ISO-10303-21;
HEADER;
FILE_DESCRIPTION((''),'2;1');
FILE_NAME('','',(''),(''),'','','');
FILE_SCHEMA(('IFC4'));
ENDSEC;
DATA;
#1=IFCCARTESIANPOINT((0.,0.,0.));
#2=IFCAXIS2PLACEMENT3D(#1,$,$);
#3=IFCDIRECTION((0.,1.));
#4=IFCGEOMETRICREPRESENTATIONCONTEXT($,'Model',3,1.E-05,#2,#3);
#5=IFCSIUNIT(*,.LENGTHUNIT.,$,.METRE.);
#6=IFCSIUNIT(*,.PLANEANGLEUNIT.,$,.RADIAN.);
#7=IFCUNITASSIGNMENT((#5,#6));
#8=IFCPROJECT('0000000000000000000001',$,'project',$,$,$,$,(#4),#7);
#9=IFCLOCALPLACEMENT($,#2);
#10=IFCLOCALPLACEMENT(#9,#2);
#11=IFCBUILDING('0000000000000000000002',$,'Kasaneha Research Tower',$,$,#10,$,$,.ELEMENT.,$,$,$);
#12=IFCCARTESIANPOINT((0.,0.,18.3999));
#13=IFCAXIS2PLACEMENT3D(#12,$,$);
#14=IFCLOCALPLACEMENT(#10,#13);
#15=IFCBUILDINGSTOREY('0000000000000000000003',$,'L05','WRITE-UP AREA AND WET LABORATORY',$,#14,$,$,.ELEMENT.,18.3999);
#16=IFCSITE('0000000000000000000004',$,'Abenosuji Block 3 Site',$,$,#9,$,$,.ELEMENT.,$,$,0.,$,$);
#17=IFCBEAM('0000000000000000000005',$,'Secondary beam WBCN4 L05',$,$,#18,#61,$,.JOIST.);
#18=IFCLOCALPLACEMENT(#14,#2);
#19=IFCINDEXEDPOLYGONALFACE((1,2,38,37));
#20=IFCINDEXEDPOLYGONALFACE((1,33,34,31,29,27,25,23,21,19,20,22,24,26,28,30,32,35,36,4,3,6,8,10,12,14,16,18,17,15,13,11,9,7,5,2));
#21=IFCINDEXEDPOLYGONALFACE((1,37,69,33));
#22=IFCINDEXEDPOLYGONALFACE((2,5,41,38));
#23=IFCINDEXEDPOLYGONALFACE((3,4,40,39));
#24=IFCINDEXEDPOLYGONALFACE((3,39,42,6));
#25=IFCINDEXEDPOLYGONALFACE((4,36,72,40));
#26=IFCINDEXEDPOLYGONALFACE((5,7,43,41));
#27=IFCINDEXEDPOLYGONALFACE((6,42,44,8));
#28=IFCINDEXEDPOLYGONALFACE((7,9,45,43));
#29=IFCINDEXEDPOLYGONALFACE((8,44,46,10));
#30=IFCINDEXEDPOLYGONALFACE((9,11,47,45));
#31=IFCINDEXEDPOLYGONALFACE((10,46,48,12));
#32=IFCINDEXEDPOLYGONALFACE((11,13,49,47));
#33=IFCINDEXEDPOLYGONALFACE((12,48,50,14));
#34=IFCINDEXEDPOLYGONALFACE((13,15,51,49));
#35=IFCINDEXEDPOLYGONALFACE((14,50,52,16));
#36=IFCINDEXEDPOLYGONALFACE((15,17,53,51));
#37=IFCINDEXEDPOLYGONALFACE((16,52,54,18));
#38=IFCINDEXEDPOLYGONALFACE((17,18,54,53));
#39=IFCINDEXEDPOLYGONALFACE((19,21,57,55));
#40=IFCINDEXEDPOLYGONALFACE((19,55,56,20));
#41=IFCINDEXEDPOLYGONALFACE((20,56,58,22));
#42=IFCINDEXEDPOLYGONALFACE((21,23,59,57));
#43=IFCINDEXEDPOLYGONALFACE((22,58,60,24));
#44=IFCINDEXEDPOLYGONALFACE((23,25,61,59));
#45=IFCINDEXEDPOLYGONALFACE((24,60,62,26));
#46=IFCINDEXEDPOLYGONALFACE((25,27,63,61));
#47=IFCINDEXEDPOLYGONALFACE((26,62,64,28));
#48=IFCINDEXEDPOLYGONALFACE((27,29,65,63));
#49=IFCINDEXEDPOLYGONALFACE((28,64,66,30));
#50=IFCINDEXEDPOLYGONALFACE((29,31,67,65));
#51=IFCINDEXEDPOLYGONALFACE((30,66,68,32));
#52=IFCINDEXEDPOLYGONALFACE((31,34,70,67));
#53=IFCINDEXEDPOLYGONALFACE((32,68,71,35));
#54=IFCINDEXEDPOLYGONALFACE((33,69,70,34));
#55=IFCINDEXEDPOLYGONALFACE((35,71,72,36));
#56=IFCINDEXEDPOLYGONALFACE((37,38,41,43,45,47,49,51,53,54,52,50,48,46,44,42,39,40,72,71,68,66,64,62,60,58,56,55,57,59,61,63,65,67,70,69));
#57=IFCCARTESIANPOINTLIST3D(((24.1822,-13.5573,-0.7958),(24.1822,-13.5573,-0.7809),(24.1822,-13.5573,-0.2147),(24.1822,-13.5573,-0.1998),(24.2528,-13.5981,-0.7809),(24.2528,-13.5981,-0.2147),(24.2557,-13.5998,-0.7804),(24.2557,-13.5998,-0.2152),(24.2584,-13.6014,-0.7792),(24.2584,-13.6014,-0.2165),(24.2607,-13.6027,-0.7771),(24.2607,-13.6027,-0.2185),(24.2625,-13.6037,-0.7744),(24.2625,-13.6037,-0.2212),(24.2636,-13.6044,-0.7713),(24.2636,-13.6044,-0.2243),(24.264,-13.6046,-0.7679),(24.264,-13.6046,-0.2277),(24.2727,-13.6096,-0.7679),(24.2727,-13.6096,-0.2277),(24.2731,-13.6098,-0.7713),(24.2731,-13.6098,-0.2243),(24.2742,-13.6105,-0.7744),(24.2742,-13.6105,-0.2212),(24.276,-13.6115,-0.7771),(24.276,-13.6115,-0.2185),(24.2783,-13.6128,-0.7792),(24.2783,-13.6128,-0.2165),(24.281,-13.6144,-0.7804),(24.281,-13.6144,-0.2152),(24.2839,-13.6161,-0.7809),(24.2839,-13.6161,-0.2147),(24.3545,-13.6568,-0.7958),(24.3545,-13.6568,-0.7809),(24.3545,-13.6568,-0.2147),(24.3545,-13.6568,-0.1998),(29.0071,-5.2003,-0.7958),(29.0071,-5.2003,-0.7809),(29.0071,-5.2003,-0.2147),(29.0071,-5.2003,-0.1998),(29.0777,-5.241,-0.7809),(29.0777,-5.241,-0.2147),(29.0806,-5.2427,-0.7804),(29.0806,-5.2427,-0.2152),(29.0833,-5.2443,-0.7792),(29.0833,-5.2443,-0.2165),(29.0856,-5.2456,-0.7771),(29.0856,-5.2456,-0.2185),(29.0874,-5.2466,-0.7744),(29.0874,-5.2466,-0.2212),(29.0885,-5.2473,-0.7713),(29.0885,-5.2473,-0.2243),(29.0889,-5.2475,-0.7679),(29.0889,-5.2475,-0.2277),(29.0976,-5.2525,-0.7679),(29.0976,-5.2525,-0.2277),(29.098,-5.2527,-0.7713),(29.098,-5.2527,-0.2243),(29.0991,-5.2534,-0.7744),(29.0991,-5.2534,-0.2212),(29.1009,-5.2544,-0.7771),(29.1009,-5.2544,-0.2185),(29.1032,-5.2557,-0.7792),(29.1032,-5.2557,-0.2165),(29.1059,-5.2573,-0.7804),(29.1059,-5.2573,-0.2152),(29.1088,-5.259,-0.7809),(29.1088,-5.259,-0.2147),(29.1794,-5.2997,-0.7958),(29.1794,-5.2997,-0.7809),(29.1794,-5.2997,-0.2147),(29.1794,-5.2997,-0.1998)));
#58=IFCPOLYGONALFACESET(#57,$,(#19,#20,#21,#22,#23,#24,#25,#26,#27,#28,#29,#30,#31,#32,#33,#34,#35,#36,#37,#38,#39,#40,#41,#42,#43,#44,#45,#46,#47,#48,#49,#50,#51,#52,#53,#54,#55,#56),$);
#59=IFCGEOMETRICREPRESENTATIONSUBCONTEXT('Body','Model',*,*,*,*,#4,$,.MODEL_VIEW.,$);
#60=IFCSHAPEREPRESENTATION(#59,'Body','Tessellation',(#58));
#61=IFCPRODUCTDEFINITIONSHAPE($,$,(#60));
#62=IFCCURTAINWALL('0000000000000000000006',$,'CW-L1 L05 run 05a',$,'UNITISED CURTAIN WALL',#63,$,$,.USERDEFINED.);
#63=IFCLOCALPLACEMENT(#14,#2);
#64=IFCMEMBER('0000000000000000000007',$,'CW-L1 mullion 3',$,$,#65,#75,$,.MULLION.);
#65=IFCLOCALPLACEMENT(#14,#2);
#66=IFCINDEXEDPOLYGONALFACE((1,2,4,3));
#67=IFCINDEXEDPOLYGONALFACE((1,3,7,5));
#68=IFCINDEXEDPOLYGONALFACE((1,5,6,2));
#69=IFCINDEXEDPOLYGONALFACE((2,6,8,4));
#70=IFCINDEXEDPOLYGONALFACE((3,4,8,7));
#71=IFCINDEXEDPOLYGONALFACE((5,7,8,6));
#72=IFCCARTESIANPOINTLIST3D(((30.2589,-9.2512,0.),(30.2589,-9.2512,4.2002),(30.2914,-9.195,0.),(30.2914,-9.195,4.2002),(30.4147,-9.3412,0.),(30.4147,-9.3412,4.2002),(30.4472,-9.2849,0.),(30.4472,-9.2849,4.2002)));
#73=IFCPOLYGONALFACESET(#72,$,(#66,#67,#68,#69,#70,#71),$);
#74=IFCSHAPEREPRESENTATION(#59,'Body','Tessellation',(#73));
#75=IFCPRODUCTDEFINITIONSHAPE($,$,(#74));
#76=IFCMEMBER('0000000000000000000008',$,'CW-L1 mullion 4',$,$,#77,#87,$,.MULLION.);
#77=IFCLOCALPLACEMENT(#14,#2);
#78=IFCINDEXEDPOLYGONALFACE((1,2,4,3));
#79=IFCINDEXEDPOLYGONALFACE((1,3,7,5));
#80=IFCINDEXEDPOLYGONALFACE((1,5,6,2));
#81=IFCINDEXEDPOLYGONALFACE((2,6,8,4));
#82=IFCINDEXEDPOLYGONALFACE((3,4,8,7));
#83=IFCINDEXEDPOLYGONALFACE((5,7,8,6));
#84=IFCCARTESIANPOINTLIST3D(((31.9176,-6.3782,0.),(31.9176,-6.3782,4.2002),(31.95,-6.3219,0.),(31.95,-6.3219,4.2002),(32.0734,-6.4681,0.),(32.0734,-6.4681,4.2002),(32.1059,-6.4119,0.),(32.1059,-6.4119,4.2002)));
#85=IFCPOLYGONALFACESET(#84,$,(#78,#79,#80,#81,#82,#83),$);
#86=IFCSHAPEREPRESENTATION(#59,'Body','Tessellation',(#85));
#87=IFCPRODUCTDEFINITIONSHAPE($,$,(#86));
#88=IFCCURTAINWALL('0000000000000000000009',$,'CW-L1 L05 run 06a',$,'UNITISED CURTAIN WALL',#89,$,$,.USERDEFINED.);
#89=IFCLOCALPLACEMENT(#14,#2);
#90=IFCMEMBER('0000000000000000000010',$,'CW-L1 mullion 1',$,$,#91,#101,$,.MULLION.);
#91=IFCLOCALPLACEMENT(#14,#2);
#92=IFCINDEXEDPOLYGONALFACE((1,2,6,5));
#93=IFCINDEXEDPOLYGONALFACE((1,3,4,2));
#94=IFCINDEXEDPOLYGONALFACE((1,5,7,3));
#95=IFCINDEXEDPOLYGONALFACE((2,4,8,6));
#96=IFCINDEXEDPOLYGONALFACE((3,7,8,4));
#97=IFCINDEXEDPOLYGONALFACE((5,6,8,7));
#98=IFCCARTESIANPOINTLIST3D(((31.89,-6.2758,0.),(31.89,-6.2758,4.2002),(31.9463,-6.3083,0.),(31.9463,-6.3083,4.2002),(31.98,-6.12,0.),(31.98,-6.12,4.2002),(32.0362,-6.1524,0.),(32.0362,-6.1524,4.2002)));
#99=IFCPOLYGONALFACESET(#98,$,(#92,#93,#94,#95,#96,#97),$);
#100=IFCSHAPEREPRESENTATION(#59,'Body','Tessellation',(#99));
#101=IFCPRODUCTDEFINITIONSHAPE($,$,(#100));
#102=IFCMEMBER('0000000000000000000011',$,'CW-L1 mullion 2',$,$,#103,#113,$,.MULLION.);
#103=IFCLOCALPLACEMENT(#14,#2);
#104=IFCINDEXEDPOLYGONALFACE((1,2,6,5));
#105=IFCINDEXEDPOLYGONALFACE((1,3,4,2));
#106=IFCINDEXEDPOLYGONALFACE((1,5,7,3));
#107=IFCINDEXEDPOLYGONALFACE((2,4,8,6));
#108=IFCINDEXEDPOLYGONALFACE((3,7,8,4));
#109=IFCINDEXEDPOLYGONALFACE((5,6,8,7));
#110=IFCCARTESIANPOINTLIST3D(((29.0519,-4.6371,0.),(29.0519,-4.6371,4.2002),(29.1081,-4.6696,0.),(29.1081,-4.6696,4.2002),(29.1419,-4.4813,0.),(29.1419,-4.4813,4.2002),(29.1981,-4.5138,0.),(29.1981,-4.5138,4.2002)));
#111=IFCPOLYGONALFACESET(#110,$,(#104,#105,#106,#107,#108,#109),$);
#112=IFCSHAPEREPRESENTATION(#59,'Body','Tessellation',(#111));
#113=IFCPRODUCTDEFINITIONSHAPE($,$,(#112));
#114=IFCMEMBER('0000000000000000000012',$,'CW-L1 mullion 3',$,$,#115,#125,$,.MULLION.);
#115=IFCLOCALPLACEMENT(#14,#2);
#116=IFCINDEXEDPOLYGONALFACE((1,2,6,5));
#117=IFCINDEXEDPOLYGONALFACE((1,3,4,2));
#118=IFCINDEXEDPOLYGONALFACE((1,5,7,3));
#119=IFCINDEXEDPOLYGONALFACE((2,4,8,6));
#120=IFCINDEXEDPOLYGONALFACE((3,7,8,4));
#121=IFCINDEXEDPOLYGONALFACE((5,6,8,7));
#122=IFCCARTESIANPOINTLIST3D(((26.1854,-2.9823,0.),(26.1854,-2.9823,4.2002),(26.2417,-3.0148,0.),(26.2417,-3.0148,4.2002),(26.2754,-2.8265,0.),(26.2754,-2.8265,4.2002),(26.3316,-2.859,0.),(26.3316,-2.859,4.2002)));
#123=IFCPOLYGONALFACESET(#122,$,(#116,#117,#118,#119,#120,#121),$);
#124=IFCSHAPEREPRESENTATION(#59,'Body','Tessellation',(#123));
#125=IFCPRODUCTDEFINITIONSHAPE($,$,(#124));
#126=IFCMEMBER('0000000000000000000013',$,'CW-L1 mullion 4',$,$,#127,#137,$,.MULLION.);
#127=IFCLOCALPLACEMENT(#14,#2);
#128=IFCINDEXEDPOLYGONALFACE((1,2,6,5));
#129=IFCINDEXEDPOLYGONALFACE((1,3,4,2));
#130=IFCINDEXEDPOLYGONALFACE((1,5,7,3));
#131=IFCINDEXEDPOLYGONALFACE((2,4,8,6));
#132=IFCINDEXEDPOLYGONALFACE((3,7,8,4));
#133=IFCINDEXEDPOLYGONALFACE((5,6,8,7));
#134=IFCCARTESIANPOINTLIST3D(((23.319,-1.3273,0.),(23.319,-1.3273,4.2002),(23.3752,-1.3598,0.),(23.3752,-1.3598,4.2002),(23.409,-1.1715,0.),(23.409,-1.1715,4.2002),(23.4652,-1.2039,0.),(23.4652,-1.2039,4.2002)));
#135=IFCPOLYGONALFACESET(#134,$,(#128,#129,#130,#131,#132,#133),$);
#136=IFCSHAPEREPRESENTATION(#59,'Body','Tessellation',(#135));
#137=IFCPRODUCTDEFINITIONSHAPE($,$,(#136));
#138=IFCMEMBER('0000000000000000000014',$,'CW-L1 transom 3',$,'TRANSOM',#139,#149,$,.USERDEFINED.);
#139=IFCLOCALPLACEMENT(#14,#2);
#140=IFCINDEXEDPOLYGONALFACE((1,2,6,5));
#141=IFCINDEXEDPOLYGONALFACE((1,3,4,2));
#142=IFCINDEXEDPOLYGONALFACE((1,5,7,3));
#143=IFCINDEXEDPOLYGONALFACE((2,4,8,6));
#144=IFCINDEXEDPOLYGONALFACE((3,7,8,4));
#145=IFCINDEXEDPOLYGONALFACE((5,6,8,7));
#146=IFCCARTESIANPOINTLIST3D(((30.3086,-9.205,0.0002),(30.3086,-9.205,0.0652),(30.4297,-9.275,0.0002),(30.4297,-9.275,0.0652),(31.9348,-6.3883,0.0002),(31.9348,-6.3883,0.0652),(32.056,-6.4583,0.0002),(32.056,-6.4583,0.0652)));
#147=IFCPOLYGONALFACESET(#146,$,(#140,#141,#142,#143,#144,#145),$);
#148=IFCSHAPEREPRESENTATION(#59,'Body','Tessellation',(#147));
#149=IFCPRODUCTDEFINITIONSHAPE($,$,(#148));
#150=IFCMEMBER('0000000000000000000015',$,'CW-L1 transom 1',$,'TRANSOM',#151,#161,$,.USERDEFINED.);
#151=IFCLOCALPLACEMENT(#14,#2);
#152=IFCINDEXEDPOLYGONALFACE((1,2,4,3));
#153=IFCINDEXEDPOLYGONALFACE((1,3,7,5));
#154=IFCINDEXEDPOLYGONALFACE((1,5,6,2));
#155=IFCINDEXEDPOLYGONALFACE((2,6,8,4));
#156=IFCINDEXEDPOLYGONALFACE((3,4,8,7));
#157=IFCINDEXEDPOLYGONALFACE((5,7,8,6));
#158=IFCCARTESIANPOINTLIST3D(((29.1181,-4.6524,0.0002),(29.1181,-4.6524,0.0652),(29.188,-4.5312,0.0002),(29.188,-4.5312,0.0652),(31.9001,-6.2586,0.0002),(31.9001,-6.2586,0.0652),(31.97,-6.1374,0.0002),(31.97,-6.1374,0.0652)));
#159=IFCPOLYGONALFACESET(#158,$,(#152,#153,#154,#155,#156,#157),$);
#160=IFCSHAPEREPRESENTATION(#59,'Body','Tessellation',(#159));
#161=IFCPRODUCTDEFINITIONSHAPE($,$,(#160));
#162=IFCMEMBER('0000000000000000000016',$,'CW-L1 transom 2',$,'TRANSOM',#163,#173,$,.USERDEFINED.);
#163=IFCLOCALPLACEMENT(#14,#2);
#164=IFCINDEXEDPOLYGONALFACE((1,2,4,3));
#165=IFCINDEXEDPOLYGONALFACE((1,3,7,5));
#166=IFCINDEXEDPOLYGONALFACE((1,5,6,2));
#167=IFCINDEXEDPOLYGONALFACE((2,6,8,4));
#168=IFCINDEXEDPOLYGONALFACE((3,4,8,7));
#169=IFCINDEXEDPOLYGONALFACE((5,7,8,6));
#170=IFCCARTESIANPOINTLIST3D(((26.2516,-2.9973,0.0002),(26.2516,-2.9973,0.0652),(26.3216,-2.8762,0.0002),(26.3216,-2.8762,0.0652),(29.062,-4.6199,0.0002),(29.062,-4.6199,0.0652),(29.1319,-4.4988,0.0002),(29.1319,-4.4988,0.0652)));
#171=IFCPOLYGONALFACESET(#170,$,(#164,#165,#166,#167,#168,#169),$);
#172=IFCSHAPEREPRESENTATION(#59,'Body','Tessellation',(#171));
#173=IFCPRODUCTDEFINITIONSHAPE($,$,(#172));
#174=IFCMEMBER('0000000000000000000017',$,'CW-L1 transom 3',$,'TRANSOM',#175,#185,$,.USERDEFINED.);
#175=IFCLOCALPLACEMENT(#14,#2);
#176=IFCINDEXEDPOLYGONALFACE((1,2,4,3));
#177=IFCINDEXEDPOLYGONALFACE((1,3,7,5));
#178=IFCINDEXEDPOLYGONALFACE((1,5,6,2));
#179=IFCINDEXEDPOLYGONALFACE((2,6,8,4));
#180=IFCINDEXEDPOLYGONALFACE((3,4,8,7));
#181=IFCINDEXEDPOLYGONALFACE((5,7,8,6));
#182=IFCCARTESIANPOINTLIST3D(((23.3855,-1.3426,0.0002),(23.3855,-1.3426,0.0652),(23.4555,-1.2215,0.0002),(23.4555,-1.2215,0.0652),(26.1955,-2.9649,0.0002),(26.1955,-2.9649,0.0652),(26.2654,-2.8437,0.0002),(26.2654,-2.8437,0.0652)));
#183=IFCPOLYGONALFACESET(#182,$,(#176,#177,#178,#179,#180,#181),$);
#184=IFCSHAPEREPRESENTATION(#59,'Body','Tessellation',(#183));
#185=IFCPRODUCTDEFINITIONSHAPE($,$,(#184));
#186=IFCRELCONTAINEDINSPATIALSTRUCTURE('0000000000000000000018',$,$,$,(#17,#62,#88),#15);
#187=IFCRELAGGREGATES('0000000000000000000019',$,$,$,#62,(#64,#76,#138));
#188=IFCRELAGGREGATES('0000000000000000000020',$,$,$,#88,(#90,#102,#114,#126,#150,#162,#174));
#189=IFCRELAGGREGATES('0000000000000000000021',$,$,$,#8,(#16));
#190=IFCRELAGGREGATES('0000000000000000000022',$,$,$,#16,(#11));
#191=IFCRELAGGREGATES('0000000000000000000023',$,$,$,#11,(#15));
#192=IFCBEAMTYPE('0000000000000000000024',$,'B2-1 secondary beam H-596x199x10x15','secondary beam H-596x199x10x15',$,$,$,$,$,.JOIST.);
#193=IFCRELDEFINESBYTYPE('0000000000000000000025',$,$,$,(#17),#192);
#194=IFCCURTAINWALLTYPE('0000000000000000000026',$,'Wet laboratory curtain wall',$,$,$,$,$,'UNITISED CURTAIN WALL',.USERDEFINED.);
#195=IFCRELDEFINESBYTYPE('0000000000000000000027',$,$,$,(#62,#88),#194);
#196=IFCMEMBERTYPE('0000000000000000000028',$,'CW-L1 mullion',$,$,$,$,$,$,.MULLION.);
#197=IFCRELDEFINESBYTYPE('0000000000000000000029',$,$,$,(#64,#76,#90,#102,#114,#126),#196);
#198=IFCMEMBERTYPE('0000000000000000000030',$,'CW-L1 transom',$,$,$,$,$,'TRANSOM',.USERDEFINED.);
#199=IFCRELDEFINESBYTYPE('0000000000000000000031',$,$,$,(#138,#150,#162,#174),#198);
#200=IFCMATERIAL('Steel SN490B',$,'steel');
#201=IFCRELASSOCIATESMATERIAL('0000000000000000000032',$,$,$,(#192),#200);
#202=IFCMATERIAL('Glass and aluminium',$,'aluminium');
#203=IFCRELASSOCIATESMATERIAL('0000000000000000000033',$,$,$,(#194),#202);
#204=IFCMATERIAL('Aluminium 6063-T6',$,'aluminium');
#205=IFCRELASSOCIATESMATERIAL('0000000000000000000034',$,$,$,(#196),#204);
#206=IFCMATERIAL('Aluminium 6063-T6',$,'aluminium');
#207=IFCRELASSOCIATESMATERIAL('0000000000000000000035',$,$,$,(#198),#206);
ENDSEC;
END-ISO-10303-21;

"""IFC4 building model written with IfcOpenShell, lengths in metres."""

from ifc_helpers import new_model, si_unit, direction, frame, origin, origin_2d, place, context, subcontext, project, spatial, rectangle, i_section, extrude, material, material_profile, profile_set, type_object, element, aggregate, save


model = new_model("IFC4")

# Units and contexts
model_context = context("Model", 3, precision=1e-05, world=origin(), true_north=direction((0.0, 1.0)))
body_context = subcontext(model_context, "Body", "Model", "MODEL_VIEW")
ifc_project = project(units=[si_unit("LENGTHUNIT", "METRE"), si_unit("PLANEANGLEUNIT", "RADIAN")], contexts=[model_context])

# Site, building, storey
site_placement = place(None, origin())
site = spatial("IfcSite", under=ifc_project, at=site_placement, Name="Abenosuji Block 3 Site", CompositionType="ELEMENT", RefElevation=0.0)
building_placement = place(site_placement, origin())
building = spatial("IfcBuilding", under=site, at=building_placement, Name="Kasaneha Research Tower", CompositionType="ELEMENT")
storey_placement = place(building_placement, frame((0.0, 0.0, 18.3999)))
storey = spatial("IfcBuildingStorey", under=building, at=storey_placement, Name="L05", Description="WRITE-UP AREA AND WET LABORATORY", CompositionType="ELEMENT", Elevation=18.3999)

# Beam
ifc_material_1 = material(Name="Steel SN490B", Category="steel")
ifc_material_profile_1 = material_profile(ifc_material_1, i_section(OverallWidth=0.199, OverallDepth=0.5959, WebThickness=0.01, FlangeThickness=0.0149, FilletRadius=0.0129, at=origin_2d()), Name="H-596x199x10x15")
ifc_profile_set_1 = profile_set([ifc_material_profile_1], Name="Steel SN490B")
beam_type_1 = type_object("IfcBeamType", Name="B2-1 secondary beam H-596x199x10x15", Description="secondary beam H-596x199x10x15", PredefinedType="JOIST", material=ifc_profile_set_1)
for number, where, z_axis, x_axis, name in (
    (1, (29.0933, -5.25, -0.4978), (-0.499995, -0.866028, 0.0), (0.866028, -0.499995, 0.0), "Secondary beam WBCN4 L05"),
):
    element("IfcBeam", number, at=place(storey_placement, frame(where, z_axis=z_axis, x_axis=x_axis)), inside=storey, type_object=beam_type_1, Name=name, PredefinedType="JOIST", context=body_context, shape_type="SweptSolid", body=[
        extrude(i_section(OverallWidth=0.199, OverallDepth=0.5959, WebThickness=0.01, FlangeThickness=0.0149, FilletRadius=0.0129, at=origin_2d()), origin(), (0.0, 0.0, 1.0), 9.6499),
    ])

# Curtain walls, members
ifc_material_2 = material(Name="Glass and aluminium", Category="aluminium")
curtain_wall_type = type_object("IfcCurtainWallType", Name="Wet laboratory curtain wall", ElementType="UNITISED CURTAIN WALL", PredefinedType="USERDEFINED", material=ifc_material_2)
curtain_wall_1_placement = place(storey_placement, origin())
curtain_wall_1 = element("IfcCurtainWall", 2, at=curtain_wall_1_placement, inside=storey, type_object=curtain_wall_type, Name="CW-L1 L05 run 05a", ObjectType="UNITISED CURTAIN WALL", PredefinedType="USERDEFINED")
ifc_material_3 = material(Name="Aluminium 6063-T6", Category="aluminium")
ifc_material_profile_2 = material_profile(ifc_material_3, rectangle(XDim=0.0649, YDim=0.1799, at=origin_2d()), Name="CW-L1 mullion 65x180")
ifc_profile_set_2 = profile_set([ifc_material_profile_2], Name="Aluminium 6063-T6")
member_type_1 = type_object("IfcMemberType", Name="CW-L1 mullion", PredefinedType="MULLION", material=ifc_profile_set_2)
member_1_placement = place(storey_placement, frame((30.353, -9.2681, 0.0), z_axis=(0.0, 0.0, 1.0), x_axis=(0.5, 0.866025, 0.0)))
member_1 = element("IfcMember", 3, at=member_1_placement, type_object=member_type_1, Name="CW-L1 mullion 3", PredefinedType="MULLION", context=body_context, shape_type="SweptSolid", body=[
    extrude(rectangle(XDim=0.0649, YDim=0.1799, at=origin_2d()), origin(), (0.0, 0.0, 1.0), 4.2002),
])
member_2_placement = place(storey_placement, frame((32.0117, -6.395, 0.0), z_axis=(0.0, 0.0, 1.0), x_axis=(0.5, 0.866025, 0.0)))
member_2 = element("IfcMember", 4, at=member_2_placement, type_object=member_type_1, Name="CW-L1 mullion 4", PredefinedType="MULLION", context=body_context, shape_type="SweptSolid", body=[
    extrude(rectangle(XDim=0.0649, YDim=0.1799, at=origin_2d()), origin(), (0.0, 0.0, 1.0), 4.2002),
])
curtain_wall_2_placement = place(storey_placement, origin())
curtain_wall_2 = element("IfcCurtainWall", 5, at=curtain_wall_2_placement, inside=storey, type_object=curtain_wall_type, Name="CW-L1 L05 run 06a", ObjectType="UNITISED CURTAIN WALL", PredefinedType="USERDEFINED")
member_3_placement = place(storey_placement, frame((31.9631, -6.2141, 0.0), z_axis=(0.0, 0.0, 1.0), x_axis=(-0.866025, 0.5, 0.0)))
member_3 = element("IfcMember", 6, at=member_3_placement, type_object=member_type_1, Name="CW-L1 mullion 1", PredefinedType="MULLION", context=body_context, shape_type="SweptSolid", body=[
    extrude(rectangle(XDim=0.0649, YDim=0.1799, at=origin_2d()), origin(), (0.0, 0.0, 1.0), 4.2002),
])
member_4_placement = place(storey_placement, frame((29.125, -4.5754, 0.0), z_axis=(0.0, 0.0, 1.0), x_axis=(-0.866025, 0.5, 0.0)))
member_4 = element("IfcMember", 7, at=member_4_placement, type_object=member_type_1, Name="CW-L1 mullion 2", PredefinedType="MULLION", context=body_context, shape_type="SweptSolid", body=[
    extrude(rectangle(XDim=0.0649, YDim=0.1799, at=origin_2d()), origin(), (0.0, 0.0, 1.0), 4.2002),
])
member_5_placement = place(storey_placement, frame((26.2585, -2.9207, 0.0), z_axis=(0.0, 0.0, 1.0), x_axis=(-0.866025, 0.5, 0.0)))
member_5 = element("IfcMember", 8, at=member_5_placement, type_object=member_type_1, Name="CW-L1 mullion 3", PredefinedType="MULLION", context=body_context, shape_type="SweptSolid", body=[
    extrude(rectangle(XDim=0.0649, YDim=0.1799, at=origin_2d()), origin(), (0.0, 0.0, 1.0), 4.2002),
])
member_6_placement = place(storey_placement, frame((23.3921, -1.2656, 0.0), z_axis=(0.0, 0.0, 1.0), x_axis=(-0.866025, 0.5, 0.0)))
member_6 = element("IfcMember", 9, at=member_6_placement, type_object=member_type_1, Name="CW-L1 mullion 4", PredefinedType="MULLION", context=body_context, shape_type="SweptSolid", body=[
    extrude(rectangle(XDim=0.0649, YDim=0.1799, at=origin_2d()), origin(), (0.0, 0.0, 1.0), 4.2002),
])

# Members
ifc_material_4 = material(Name="Aluminium 6063-T6", Category="aluminium")
ifc_material_profile_3 = material_profile(ifc_material_4, rectangle(XDim=0.1399, YDim=0.0649, at=origin_2d()), Name="CW-L1 transom 140x65")
ifc_profile_set_3 = profile_set([ifc_material_profile_3], Name="Aluminium 6063-T6")
member_type_2 = type_object("IfcMemberType", Name="CW-L1 transom", ElementType="TRANSOM", PredefinedType="USERDEFINED", material=ifc_profile_set_3)
member_7_placement = place(storey_placement, frame((30.3691, -9.24, 0.0327), z_axis=(0.500006, 0.866022, 0.0), x_axis=(-0.866022, 0.500006, 0.0)))
member_7 = element("IfcMember", 10, at=member_7_placement, type_object=member_type_2, Name="CW-L1 transom 3", ObjectType="TRANSOM", PredefinedType="USERDEFINED", context=body_context, shape_type="SweptSolid", body=[
    extrude(rectangle(XDim=0.1399, YDim=0.0649, at=origin_2d()), origin(), (0.0, 0.0, 1.0), 3.2524),
])
member_8_placement = place(storey_placement, frame((31.9351, -6.198, 0.0327), z_axis=(-0.866022, 0.500005, 0.0), x_axis=(-0.500005, -0.866022, 0.0)))
member_8 = element("IfcMember", 11, at=member_8_placement, type_object=member_type_2, Name="CW-L1 transom 1", ObjectType="TRANSOM", PredefinedType="USERDEFINED", context=body_context, shape_type="SweptSolid", body=[
    extrude(rectangle(XDim=0.1399, YDim=0.0649, at=origin_2d()), origin(), (0.0, 0.0, 1.0), 3.2124),
])
member_9_placement = place(storey_placement, frame((29.0969, -4.5593, 0.0327), z_axis=(-0.866021, 0.500007, 0.0), x_axis=(-0.500007, -0.866021, 0.0)))
member_9 = element("IfcMember", 12, at=member_9_placement, type_object=member_type_2, Name="CW-L1 transom 2", ObjectType="TRANSOM", PredefinedType="USERDEFINED", context=body_context, shape_type="SweptSolid", body=[
    extrude(rectangle(XDim=0.1399, YDim=0.0649, at=origin_2d()), origin(), (0.0, 0.0, 1.0), 3.2451),
])
member_10_placement = place(storey_placement, frame((26.2305, -2.9043, 0.0327), z_axis=(-0.866035, 0.499983, 0.0), x_axis=(-0.499983, -0.866035, 0.0)))
member_10 = element("IfcMember", 13, at=member_10_placement, type_object=member_type_2, Name="CW-L1 transom 3", ObjectType="TRANSOM", PredefinedType="USERDEFINED", context=body_context, shape_type="SweptSolid", body=[
    extrude(rectangle(XDim=0.1399, YDim=0.0649, at=origin_2d()), origin(), (0.0, 0.0, 1.0), 3.2446),
])

aggregate(curtain_wall_1, [member_1, member_2, member_7])
aggregate(curtain_wall_2, [member_3, member_4, member_5, member_6, member_8, member_9, member_10])

save(model, "model.ifc")
